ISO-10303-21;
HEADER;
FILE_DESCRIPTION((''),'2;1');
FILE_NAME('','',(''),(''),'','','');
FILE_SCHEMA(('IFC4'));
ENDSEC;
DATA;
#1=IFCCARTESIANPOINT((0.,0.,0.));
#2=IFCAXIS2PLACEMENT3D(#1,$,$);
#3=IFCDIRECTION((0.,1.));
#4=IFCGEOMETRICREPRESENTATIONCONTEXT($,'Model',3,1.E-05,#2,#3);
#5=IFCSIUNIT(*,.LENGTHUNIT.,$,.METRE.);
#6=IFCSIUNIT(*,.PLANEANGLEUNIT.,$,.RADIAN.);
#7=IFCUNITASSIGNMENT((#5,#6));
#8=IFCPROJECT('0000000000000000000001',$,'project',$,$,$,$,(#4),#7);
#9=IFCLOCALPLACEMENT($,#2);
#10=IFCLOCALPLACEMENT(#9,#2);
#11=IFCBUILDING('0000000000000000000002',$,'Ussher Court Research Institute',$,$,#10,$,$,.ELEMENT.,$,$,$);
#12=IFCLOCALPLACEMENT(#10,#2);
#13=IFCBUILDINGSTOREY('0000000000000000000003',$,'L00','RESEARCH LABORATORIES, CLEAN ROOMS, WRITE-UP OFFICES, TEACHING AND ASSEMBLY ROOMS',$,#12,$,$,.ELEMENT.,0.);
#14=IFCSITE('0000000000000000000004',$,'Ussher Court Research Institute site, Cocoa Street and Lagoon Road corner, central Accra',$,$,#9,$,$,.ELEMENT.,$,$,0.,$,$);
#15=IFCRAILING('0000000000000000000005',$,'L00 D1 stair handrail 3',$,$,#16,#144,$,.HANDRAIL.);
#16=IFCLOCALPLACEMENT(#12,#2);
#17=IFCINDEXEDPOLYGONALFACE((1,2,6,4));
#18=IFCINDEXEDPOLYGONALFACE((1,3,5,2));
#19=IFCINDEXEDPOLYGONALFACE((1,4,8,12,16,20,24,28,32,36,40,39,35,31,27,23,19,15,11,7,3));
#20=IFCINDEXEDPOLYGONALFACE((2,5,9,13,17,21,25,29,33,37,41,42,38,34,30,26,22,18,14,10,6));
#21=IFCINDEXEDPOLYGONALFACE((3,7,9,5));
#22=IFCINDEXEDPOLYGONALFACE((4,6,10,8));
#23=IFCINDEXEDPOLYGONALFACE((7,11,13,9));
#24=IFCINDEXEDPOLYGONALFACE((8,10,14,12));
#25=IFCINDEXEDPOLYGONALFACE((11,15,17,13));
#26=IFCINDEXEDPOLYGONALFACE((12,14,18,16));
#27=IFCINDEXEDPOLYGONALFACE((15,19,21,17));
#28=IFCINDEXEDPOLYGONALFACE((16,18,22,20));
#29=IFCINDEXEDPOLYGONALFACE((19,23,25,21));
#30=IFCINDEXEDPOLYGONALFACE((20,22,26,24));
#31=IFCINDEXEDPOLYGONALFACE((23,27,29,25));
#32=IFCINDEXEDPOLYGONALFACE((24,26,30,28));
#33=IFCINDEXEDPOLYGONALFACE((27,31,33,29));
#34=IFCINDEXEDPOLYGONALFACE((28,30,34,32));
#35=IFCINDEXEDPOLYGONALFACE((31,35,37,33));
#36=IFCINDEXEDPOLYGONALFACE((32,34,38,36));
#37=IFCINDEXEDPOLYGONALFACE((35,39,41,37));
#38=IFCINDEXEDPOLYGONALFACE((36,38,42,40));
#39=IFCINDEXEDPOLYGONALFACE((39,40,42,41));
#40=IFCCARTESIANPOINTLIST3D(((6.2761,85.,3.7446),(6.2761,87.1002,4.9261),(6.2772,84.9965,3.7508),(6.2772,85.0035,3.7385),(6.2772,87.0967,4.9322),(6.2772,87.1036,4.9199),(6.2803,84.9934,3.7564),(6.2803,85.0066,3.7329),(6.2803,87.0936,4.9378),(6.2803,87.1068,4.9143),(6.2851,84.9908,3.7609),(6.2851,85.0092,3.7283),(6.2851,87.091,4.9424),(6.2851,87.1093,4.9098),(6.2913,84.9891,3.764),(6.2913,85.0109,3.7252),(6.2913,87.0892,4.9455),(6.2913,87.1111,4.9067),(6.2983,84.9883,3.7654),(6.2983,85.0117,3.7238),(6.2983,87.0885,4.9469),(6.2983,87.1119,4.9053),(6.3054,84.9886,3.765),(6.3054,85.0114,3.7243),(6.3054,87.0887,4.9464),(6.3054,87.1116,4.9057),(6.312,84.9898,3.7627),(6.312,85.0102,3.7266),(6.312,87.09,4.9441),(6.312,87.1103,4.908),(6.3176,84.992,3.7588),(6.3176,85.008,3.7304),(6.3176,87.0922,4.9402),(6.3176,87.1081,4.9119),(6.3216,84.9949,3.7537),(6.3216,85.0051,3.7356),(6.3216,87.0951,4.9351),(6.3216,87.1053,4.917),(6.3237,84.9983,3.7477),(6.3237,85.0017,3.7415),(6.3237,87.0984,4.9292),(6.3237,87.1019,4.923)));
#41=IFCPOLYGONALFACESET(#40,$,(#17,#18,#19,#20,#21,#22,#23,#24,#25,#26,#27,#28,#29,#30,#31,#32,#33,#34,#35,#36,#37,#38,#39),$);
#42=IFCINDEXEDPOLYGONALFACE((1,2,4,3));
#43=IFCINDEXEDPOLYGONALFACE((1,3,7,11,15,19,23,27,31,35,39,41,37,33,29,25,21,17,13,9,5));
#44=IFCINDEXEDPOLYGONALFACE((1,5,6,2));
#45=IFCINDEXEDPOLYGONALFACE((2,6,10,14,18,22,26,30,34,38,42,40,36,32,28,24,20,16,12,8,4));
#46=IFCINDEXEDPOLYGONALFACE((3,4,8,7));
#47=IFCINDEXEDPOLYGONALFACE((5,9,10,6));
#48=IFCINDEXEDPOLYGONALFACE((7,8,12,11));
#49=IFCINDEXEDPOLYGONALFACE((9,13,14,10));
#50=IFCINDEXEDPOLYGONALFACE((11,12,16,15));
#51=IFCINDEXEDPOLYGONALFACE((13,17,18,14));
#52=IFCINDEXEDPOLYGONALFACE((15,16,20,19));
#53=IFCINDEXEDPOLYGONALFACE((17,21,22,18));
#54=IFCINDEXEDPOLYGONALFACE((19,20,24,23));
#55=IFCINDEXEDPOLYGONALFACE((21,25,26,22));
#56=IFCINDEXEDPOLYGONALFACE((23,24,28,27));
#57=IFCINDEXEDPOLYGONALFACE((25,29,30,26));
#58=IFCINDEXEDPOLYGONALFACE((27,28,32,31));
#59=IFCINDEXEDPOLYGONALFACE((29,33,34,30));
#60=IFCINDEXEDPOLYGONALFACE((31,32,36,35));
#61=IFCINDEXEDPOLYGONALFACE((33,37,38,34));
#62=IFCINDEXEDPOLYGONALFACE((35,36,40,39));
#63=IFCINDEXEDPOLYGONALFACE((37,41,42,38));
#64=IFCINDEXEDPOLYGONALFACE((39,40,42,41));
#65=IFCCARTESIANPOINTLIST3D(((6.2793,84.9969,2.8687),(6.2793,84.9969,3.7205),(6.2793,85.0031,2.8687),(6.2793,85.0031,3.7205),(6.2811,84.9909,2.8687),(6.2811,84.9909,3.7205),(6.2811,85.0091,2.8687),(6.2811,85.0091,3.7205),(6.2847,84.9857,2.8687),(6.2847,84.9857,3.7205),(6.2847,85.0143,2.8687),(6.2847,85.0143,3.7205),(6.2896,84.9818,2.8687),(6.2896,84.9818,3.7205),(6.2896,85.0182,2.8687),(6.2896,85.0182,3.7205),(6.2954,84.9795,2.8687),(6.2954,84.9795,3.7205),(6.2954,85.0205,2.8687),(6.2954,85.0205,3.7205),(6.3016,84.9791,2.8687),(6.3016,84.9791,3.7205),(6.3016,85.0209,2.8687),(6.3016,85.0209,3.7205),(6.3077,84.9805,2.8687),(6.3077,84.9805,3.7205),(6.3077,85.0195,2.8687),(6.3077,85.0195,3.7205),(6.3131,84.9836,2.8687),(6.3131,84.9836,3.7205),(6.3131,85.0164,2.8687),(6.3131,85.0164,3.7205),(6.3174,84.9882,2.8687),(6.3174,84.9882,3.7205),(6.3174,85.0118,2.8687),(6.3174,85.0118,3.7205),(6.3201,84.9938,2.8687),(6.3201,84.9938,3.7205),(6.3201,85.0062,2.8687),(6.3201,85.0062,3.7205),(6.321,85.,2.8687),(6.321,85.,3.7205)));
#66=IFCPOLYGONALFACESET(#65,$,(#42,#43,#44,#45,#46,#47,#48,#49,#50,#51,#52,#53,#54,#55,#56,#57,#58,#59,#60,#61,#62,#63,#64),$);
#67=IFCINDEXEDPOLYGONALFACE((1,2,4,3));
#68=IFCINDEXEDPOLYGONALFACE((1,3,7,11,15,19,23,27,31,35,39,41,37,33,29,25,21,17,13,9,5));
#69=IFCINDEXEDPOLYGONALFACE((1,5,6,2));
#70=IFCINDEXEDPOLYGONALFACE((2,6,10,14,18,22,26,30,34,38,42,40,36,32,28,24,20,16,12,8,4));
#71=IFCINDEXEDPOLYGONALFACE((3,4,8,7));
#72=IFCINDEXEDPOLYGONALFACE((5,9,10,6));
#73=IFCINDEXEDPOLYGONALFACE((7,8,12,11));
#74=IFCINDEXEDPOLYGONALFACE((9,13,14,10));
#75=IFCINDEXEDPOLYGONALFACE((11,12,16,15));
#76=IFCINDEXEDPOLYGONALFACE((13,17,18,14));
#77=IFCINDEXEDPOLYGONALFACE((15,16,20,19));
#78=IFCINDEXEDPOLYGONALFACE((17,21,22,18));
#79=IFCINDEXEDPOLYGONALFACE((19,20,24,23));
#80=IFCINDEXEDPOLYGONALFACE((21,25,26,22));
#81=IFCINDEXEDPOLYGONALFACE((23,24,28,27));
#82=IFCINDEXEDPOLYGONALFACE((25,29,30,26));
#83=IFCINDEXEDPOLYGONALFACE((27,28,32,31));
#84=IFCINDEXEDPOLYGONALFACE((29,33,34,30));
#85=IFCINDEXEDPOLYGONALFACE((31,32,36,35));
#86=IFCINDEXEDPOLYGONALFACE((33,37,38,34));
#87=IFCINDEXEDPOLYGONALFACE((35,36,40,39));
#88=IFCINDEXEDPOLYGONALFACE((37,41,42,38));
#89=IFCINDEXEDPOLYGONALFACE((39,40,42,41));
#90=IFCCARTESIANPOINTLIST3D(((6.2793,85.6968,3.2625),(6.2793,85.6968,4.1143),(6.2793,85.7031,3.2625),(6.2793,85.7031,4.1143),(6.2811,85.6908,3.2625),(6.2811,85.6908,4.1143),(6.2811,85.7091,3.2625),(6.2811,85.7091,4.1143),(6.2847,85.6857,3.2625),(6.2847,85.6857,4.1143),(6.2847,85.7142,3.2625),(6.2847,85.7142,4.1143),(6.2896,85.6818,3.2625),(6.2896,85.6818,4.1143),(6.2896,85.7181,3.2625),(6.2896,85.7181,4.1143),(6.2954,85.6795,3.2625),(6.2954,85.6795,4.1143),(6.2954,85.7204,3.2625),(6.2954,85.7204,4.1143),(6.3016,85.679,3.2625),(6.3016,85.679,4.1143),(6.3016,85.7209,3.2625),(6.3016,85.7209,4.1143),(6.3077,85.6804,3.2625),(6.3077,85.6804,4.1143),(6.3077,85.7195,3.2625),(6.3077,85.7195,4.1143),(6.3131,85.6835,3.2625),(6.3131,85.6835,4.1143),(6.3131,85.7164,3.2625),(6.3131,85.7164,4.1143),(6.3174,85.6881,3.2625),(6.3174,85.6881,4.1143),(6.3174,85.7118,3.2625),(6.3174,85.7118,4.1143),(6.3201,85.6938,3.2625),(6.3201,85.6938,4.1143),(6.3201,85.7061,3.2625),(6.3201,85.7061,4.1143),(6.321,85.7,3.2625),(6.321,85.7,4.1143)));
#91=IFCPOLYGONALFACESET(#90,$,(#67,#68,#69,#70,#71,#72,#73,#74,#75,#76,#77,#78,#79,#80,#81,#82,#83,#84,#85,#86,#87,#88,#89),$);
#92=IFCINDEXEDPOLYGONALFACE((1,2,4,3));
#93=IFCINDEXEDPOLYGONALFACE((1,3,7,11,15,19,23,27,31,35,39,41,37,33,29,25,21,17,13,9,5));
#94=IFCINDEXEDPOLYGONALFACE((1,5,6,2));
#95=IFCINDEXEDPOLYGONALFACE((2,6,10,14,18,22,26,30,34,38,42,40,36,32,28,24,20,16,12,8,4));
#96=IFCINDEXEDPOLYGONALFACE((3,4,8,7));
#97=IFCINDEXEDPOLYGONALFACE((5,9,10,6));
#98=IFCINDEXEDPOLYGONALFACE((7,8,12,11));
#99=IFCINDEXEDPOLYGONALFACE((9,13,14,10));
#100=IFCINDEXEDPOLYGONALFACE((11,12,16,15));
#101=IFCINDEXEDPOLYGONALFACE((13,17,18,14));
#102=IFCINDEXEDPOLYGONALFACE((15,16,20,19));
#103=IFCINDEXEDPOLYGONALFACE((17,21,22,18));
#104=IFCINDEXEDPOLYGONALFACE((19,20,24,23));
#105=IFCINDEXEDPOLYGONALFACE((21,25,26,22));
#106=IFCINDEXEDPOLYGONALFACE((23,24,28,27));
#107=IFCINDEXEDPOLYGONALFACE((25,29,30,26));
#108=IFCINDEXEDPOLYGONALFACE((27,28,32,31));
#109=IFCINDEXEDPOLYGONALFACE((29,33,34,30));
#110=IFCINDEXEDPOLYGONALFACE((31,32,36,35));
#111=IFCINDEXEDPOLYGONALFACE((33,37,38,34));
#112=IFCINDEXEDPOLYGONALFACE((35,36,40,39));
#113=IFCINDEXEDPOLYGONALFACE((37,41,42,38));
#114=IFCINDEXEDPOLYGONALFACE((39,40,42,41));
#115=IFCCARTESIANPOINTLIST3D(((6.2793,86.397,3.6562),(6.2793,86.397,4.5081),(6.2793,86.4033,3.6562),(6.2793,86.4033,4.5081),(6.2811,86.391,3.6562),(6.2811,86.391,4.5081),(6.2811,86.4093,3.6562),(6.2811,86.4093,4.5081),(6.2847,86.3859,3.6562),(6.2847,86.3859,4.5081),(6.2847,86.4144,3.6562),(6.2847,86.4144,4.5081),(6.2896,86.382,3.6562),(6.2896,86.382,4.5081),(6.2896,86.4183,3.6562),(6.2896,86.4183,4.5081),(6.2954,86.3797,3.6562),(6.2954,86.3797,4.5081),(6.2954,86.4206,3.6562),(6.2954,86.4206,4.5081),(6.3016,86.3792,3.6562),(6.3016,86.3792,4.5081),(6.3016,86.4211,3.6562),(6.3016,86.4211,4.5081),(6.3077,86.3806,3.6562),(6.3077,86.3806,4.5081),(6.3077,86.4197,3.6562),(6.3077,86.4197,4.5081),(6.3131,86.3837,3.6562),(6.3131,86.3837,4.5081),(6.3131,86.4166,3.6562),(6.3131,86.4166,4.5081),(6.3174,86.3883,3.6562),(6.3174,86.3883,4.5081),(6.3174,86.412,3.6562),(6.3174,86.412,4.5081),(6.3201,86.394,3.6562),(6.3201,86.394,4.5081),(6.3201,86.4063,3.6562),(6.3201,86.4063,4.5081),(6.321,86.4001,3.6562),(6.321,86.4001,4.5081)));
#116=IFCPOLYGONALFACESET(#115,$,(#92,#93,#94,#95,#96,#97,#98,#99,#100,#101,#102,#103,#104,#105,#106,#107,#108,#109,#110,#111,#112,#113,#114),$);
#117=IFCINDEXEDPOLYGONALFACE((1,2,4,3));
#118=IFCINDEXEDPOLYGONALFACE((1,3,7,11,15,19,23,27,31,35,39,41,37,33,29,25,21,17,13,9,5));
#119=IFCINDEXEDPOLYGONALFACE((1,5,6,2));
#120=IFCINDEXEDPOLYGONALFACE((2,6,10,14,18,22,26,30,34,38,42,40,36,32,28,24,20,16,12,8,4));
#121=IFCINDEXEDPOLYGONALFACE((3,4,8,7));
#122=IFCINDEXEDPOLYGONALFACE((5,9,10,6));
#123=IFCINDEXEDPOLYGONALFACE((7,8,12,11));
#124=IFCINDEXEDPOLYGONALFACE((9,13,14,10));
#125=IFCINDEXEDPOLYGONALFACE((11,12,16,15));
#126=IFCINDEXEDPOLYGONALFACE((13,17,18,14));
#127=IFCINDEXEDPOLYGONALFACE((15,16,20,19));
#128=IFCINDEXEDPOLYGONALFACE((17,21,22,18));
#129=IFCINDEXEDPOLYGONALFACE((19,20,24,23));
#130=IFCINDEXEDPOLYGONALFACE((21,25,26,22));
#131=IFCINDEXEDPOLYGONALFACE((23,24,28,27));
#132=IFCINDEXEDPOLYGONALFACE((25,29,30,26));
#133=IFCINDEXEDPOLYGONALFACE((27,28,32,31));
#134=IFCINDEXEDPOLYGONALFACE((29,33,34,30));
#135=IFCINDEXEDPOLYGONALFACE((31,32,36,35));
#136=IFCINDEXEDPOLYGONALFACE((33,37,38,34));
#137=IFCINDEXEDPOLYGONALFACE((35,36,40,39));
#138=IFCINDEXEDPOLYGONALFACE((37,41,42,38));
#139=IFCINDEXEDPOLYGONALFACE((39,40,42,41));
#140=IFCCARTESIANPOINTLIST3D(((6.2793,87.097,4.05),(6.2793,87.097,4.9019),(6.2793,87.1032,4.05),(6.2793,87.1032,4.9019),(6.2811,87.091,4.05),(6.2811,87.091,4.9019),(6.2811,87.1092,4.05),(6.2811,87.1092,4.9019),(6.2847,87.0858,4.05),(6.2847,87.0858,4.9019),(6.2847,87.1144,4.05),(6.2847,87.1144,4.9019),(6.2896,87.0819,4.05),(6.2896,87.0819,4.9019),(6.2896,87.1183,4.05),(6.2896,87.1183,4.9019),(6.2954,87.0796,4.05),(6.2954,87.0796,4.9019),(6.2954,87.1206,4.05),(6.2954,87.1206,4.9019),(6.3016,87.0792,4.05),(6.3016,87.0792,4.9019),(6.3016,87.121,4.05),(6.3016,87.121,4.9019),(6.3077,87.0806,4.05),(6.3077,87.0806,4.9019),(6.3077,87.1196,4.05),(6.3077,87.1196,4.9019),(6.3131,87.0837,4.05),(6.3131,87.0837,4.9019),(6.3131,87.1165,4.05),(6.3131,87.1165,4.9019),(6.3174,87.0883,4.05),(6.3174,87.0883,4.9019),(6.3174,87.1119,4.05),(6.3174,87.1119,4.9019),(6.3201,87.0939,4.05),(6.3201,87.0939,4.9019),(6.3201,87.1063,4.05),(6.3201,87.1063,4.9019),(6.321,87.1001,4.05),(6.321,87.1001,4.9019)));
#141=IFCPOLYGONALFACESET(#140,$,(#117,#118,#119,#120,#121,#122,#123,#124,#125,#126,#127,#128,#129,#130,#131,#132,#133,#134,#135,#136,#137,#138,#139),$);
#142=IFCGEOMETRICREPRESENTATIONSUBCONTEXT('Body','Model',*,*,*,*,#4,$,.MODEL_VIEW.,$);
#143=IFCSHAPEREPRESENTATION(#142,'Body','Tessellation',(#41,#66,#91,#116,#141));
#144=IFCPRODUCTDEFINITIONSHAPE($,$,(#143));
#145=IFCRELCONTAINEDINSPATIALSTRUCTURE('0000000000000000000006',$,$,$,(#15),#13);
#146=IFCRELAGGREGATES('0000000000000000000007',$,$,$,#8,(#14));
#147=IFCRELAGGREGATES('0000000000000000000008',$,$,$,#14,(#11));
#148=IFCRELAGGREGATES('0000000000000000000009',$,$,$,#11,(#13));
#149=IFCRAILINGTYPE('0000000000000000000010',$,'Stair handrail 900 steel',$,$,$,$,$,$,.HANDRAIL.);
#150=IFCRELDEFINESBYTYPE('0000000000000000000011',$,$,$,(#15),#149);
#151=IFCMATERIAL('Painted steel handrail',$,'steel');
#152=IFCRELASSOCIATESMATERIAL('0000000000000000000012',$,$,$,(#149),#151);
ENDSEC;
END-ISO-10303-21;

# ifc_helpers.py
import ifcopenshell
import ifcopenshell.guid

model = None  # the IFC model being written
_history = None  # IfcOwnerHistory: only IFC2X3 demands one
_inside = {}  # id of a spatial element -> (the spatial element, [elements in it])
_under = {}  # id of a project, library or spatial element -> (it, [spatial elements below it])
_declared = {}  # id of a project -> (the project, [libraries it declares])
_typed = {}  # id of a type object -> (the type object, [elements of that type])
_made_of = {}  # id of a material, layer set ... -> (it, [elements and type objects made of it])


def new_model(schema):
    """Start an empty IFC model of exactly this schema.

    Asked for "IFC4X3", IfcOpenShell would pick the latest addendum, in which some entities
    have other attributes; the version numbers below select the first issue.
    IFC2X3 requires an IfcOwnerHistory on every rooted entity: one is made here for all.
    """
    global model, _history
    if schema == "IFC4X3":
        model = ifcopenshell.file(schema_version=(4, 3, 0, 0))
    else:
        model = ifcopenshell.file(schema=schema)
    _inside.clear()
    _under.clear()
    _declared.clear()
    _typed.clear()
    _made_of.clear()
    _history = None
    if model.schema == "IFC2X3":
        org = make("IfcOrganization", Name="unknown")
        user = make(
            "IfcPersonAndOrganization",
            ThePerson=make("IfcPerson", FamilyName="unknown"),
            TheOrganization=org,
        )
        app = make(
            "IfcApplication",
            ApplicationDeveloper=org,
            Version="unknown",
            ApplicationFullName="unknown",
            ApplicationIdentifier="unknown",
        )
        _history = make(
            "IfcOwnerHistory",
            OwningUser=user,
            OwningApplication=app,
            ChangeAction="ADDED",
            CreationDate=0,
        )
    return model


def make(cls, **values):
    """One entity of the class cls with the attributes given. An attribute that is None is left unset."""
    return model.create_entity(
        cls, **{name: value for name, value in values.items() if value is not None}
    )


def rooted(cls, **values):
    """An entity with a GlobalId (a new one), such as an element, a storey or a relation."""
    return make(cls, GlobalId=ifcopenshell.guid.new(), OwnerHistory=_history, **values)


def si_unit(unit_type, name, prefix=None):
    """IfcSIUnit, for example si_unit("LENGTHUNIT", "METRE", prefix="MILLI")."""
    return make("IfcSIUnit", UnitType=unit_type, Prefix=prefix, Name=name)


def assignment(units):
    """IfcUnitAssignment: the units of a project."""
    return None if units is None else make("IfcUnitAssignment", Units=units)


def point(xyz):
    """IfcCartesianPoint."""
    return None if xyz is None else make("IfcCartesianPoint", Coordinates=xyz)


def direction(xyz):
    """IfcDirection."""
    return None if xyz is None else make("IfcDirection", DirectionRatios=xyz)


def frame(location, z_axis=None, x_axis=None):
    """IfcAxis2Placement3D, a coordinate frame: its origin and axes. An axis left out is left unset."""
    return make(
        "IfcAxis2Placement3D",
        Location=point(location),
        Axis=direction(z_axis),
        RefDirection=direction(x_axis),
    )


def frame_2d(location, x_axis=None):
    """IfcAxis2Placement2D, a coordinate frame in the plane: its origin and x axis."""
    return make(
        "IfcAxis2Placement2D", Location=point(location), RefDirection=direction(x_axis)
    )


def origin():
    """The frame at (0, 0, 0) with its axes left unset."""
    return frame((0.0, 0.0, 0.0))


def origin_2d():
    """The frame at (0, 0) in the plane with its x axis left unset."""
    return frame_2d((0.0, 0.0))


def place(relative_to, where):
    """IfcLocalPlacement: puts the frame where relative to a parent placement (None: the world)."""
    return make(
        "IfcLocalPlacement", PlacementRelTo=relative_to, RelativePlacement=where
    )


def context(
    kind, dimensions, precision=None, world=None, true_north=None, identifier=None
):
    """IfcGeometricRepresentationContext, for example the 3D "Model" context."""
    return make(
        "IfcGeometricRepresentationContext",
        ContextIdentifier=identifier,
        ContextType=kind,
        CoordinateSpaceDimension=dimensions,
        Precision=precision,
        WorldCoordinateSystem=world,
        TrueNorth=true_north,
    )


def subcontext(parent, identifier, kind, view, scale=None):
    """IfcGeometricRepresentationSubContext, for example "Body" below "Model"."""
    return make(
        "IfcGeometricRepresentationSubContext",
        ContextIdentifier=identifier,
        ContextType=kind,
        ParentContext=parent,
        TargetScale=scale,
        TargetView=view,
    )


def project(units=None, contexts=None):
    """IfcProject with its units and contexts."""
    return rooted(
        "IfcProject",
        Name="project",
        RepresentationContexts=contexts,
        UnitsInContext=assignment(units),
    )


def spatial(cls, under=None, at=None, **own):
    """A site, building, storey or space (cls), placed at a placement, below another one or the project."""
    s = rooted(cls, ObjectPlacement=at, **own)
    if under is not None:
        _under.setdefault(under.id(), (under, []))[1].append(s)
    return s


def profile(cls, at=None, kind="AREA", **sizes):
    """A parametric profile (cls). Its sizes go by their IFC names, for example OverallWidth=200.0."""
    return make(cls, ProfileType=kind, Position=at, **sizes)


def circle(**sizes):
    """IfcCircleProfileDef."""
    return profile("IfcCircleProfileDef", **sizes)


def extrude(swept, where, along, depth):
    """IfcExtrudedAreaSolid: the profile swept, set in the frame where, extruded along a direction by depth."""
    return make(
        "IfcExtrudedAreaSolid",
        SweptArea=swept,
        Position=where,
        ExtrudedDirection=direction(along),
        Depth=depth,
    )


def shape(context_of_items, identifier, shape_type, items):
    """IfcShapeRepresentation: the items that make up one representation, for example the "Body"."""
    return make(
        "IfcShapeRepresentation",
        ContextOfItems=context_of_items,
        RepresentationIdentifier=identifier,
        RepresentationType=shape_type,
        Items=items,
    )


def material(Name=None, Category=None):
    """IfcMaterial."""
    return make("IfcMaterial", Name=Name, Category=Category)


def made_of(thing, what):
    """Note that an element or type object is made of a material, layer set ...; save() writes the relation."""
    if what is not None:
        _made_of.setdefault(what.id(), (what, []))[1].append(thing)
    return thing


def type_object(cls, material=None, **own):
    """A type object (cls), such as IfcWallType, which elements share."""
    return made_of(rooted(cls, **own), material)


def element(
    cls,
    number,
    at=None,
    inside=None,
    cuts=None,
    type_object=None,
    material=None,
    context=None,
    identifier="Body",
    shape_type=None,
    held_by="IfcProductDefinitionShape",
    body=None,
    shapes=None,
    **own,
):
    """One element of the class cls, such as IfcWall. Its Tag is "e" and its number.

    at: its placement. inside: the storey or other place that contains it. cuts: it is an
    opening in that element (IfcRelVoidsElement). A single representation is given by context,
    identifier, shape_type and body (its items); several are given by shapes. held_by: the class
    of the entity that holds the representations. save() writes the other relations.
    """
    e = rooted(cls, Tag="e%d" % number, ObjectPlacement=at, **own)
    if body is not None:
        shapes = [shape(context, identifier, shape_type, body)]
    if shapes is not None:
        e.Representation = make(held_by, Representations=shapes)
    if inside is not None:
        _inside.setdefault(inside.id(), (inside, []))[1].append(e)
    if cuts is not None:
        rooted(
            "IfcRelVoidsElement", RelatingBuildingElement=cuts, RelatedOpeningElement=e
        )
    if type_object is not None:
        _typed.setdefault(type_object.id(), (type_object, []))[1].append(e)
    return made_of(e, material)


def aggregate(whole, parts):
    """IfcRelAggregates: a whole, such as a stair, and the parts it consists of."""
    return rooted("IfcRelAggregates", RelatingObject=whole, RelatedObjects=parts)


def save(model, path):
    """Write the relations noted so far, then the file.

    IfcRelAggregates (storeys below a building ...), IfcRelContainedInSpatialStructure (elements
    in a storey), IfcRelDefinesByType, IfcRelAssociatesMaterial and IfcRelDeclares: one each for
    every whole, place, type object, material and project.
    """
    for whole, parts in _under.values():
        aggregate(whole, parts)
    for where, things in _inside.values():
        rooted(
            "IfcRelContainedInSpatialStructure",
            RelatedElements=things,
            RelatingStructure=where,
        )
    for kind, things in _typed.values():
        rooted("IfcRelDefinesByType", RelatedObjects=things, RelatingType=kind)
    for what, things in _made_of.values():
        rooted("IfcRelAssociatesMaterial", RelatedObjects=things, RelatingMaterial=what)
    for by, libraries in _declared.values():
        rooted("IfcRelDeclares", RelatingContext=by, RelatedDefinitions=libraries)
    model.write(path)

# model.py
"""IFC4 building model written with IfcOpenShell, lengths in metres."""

from ifc_helpers import new_model, si_unit, direction, frame, origin, origin_2d, place, context, subcontext, project, spatial, circle, extrude, material, type_object, element, save


model = new_model("IFC4")

# Units and contexts
model_context = context("Model", 3, precision=1e-05, world=origin(), true_north=direction((0.0, 1.0)))
body_context = subcontext(model_context, "Body", "Model", "MODEL_VIEW")
ifc_project = project(units=[si_unit("LENGTHUNIT", "METRE"), si_unit("PLANEANGLEUNIT", "RADIAN")], contexts=[model_context])

# Site, building, storey
site_placement = place(None, origin())
site = spatial("IfcSite", under=ifc_project, at=site_placement, Name="Ussher Court Research Institute site, Cocoa Street and Lagoon Road corner, central Accra", CompositionType="ELEMENT", RefElevation=0.0)
building_placement = place(site_placement, origin())
building = spatial("IfcBuilding", under=site, at=building_placement, Name="Ussher Court Research Institute", CompositionType="ELEMENT")
storey_placement = place(building_placement, origin())
storey = spatial("IfcBuildingStorey", under=building, at=storey_placement, Name="L00", Description="RESEARCH LABORATORIES, CLEAN ROOMS, WRITE-UP OFFICES, TEACHING AND ASSEMBLY ROOMS", CompositionType="ELEMENT", Elevation=0.0)

# Railing
ifc_material_1 = material(Name="Painted steel handrail", Category="steel")
railing_type_1 = type_object("IfcRailingType", Name="Stair handrail 900 steel", PredefinedType="HANDRAIL", material=ifc_material_1)
railing_1_placement = place(storey_placement, frame((6.3, 85.0, 2.8687)))
element("IfcRailing", 1, at=railing_1_placement, inside=storey, type_object=railing_type_1, Name="L00 D1 stair handrail 3", PredefinedType="HANDRAIL", context=body_context, shape_type="SweptSolid", body=[
    extrude(circle(Radius=0.0239, at=origin_2d()), frame((0.0, 0.0, 0.876), z_axis=(0.0, 0.871559, 0.49029), x_axis=(-1.0, 0.0, 0.0)), (0.0, 0.0, 1.0), 2.4097),
    extrude(circle(Radius=0.021, at=origin_2d()), origin(), (0.0, 0.0, 1.0), 0.8518),
    extrude(circle(Radius=0.021, at=origin_2d()), frame((0.0, 0.7, 0.3938)), (0.0, 0.0, 1.0), 0.8518),
    extrude(circle(Radius=0.021, at=origin_2d()), frame((0.0, 1.4001, 0.7876)), (0.0, 0.0, 1.0), 0.8518),
    extrude(circle(Radius=0.021, at=origin_2d()), frame((0.0, 2.1001, 1.1814)), (0.0, 0.0, 1.0), 0.8518),
])

save(model, "model.ifc")
